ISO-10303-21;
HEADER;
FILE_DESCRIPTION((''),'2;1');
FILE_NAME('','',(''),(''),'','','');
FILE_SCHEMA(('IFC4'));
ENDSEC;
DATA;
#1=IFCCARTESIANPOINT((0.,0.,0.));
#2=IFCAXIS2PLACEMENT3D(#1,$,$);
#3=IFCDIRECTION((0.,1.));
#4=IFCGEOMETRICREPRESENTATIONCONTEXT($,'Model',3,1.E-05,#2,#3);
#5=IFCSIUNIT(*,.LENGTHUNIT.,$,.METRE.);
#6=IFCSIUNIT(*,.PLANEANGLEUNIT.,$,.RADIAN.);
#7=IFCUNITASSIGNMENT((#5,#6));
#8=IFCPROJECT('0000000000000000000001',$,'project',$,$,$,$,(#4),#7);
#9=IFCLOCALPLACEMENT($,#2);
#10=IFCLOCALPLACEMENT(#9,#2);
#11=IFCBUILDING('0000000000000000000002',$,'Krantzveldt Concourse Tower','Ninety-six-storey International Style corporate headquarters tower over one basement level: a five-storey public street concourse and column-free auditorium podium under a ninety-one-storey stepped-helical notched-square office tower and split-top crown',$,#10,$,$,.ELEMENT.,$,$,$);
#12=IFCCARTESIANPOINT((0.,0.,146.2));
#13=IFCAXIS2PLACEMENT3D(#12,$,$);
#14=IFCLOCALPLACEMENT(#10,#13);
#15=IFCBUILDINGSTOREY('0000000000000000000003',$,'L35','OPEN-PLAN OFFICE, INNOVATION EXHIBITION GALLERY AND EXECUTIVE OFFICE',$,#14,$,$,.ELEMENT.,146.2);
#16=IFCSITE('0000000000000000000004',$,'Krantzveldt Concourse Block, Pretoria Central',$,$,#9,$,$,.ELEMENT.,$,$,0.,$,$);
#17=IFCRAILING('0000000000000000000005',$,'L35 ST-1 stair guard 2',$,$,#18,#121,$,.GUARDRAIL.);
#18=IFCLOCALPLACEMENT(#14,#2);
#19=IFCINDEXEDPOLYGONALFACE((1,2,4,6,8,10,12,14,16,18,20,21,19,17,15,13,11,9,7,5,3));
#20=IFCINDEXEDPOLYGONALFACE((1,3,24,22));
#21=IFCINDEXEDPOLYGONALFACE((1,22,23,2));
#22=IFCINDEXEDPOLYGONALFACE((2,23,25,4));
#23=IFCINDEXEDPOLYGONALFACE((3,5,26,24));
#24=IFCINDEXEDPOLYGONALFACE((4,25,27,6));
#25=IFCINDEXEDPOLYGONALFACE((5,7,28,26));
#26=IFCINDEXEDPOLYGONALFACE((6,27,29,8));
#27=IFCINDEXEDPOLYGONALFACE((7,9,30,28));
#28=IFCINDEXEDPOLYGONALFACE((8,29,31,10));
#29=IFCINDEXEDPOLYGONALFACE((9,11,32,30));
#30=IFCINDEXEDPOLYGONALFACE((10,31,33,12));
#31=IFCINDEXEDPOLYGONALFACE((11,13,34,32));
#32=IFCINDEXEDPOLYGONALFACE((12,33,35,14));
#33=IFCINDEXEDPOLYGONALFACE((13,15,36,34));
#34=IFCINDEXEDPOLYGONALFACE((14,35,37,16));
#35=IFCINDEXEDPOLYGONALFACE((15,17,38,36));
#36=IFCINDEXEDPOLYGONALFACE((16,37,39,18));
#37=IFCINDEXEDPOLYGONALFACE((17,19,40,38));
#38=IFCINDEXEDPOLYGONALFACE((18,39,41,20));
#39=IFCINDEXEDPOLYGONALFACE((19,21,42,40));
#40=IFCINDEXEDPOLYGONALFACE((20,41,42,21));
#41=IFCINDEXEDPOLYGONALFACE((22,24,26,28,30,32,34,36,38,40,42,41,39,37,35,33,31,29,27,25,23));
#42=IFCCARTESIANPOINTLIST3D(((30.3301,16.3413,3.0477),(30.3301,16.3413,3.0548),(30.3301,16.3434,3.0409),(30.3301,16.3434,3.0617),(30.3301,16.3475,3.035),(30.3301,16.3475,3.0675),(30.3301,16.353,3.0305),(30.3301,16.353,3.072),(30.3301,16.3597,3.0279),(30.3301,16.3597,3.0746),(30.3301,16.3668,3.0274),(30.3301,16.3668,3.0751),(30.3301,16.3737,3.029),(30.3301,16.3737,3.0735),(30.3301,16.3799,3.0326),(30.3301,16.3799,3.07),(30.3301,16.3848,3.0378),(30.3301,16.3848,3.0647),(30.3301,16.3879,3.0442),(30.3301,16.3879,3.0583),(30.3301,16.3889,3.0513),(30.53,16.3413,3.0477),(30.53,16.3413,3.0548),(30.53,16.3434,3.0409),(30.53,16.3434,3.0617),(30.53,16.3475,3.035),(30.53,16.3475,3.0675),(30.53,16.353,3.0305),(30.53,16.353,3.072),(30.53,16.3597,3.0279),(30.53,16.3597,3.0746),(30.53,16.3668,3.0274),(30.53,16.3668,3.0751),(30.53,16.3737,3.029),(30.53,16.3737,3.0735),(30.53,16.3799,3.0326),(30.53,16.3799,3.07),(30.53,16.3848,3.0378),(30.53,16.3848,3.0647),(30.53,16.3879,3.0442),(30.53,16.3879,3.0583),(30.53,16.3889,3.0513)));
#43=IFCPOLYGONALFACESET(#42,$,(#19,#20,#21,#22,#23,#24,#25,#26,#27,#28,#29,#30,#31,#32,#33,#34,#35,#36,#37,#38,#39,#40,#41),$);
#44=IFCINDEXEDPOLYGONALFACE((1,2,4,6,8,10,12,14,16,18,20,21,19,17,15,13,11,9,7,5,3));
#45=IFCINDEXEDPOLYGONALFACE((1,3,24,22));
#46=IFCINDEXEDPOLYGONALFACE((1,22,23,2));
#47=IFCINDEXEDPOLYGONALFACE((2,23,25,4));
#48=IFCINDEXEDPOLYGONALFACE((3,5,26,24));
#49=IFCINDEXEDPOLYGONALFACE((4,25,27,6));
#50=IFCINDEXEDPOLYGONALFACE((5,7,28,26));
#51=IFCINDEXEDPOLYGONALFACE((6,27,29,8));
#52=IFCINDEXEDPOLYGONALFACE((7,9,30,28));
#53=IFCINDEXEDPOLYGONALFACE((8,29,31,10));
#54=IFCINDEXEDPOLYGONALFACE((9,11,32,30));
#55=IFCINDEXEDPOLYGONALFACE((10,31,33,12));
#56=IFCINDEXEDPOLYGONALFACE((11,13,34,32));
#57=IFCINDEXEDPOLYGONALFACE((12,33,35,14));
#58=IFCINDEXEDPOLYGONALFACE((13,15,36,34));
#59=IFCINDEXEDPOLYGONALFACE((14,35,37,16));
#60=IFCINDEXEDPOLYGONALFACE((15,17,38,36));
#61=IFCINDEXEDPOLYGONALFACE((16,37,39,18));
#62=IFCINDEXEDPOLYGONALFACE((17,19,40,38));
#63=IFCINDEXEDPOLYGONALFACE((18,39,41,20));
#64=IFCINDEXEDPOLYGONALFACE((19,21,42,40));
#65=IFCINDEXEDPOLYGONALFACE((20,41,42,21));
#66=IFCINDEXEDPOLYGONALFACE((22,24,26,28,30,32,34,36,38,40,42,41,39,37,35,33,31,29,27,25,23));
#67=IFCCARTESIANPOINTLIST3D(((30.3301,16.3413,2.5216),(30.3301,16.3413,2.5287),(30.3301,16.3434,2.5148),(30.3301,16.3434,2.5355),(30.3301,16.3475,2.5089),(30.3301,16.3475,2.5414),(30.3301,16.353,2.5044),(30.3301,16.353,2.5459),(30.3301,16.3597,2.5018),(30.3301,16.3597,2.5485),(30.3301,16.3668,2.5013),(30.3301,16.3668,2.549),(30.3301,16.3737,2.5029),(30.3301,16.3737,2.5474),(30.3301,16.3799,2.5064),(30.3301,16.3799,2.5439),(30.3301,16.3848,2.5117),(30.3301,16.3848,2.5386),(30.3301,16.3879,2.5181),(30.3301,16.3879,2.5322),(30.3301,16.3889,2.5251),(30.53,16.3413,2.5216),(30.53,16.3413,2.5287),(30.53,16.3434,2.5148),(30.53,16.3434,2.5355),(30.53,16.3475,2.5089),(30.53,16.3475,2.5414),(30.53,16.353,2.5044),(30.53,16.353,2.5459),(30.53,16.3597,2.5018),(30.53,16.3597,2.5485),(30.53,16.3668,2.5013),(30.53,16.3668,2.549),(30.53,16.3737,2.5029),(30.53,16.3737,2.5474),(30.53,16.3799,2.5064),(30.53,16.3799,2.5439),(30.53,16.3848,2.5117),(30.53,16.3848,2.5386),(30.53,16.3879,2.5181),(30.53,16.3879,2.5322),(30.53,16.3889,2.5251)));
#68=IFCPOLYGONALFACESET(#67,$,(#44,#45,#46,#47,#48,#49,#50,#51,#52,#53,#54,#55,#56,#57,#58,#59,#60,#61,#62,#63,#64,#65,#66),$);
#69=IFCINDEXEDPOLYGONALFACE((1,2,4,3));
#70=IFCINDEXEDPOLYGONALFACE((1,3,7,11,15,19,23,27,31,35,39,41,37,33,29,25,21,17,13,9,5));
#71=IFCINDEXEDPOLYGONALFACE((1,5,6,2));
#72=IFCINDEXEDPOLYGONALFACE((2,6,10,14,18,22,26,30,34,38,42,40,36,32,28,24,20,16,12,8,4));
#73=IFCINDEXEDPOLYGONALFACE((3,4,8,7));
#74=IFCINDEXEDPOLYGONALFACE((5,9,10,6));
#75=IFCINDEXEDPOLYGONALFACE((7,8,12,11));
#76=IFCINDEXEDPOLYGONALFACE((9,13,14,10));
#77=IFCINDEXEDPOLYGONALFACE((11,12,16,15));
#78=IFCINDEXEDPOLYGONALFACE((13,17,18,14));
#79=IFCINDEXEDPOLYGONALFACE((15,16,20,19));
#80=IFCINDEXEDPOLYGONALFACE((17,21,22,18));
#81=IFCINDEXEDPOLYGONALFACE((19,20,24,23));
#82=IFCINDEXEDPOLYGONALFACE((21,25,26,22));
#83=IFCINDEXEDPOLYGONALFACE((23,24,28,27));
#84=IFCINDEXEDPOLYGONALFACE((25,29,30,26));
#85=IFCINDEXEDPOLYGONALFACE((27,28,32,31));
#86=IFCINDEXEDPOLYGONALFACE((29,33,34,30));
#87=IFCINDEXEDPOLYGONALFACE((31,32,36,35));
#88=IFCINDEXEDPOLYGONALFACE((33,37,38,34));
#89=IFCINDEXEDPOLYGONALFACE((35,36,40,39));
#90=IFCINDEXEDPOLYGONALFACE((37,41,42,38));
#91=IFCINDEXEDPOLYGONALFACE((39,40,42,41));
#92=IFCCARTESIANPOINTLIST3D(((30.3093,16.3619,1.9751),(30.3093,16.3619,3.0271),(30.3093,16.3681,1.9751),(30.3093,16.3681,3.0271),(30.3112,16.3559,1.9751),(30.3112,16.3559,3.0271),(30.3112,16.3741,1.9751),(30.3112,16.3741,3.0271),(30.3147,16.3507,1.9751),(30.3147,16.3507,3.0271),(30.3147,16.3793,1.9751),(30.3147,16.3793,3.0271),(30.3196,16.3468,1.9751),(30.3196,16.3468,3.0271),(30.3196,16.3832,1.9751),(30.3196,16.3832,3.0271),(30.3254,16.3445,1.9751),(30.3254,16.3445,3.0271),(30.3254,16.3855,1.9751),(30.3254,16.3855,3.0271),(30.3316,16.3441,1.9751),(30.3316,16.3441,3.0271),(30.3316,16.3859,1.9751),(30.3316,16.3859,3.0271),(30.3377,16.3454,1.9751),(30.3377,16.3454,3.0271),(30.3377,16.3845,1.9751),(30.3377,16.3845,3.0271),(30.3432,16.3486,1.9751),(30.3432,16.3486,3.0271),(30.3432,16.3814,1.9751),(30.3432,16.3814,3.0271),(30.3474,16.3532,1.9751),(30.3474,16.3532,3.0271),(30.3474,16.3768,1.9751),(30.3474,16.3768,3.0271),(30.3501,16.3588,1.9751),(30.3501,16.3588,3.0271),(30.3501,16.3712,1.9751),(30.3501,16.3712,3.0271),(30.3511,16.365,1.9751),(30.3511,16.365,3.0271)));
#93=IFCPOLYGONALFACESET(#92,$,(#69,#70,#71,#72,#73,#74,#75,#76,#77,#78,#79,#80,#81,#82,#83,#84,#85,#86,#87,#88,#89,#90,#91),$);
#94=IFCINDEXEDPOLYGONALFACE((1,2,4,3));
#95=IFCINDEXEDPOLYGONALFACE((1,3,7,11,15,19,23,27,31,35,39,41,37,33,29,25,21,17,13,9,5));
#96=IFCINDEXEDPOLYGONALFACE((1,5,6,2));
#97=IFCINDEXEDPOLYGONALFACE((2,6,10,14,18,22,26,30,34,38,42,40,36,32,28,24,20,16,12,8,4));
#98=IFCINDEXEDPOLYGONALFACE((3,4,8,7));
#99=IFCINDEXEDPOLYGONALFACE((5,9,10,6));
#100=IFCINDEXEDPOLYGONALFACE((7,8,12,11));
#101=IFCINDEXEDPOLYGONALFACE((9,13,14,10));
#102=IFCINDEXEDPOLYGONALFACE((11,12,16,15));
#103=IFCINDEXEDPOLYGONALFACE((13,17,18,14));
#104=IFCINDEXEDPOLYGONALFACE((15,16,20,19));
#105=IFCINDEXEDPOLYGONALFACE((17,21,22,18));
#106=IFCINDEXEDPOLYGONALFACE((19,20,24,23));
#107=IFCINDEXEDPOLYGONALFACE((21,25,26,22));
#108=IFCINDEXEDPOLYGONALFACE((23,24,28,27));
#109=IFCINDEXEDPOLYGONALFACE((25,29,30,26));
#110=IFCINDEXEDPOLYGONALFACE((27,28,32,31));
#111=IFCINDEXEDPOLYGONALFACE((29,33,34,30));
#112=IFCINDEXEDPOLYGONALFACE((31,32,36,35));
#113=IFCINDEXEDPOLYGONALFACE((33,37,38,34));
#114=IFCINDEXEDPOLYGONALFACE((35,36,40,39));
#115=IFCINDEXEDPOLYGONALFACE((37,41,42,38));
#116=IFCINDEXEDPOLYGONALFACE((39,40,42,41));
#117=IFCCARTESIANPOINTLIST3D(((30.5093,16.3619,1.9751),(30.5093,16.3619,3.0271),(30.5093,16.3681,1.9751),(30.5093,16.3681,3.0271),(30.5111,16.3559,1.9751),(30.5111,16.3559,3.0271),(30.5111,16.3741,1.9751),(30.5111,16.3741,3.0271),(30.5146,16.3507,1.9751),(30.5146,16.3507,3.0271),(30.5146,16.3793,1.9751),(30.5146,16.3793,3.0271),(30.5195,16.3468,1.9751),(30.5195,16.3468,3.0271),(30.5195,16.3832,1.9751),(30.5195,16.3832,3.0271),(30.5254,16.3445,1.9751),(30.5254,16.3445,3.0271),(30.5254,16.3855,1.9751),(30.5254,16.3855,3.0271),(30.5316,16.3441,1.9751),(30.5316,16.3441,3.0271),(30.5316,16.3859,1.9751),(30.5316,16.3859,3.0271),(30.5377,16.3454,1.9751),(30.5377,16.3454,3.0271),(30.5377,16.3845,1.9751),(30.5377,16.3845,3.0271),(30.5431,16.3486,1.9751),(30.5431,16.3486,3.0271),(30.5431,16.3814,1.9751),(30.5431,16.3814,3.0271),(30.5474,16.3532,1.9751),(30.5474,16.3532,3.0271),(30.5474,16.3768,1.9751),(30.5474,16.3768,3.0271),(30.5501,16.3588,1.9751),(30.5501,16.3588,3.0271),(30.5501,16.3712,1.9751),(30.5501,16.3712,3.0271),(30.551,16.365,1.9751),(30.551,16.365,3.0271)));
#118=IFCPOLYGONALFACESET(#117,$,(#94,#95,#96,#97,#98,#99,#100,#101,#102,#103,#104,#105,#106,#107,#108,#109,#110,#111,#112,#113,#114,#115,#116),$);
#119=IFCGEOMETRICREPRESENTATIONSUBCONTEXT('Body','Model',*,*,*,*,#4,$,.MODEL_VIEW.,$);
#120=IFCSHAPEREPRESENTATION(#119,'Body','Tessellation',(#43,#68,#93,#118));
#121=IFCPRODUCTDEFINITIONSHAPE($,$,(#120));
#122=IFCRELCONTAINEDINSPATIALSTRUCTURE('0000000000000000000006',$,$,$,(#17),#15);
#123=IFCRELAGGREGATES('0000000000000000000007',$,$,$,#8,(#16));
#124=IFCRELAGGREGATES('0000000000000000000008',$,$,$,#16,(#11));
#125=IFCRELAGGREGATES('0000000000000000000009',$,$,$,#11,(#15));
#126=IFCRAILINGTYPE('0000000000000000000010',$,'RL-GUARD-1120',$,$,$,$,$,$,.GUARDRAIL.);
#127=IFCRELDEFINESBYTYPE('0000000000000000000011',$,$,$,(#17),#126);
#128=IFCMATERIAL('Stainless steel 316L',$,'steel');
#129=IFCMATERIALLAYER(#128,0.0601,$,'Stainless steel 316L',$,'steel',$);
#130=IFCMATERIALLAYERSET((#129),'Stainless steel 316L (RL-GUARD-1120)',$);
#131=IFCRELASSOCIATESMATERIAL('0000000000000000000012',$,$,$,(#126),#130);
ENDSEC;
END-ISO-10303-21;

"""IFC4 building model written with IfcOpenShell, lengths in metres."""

from ifc_helpers import new_model, si_unit, direction, frame, origin, origin_2d, place, context, subcontext, project, spatial, circle, extrude, material, layer, layer_set, type_object, element, save


model = new_model("IFC4")

# Units and contexts
model_context = context("Model", 3, precision=1e-05, world=origin(), true_north=direction((0.0, 1.0)))
body_context = subcontext(model_context, "Body", "Model", "MODEL_VIEW")
ifc_project = project(units=[si_unit("LENGTHUNIT", "METRE"), si_unit("PLANEANGLEUNIT", "RADIAN")], contexts=[model_context])

# Site, building, storey
site_placement = place(None, origin())
site = spatial("IfcSite", under=ifc_project, at=site_placement, Name="Krantzveldt Concourse Block, Pretoria Central", CompositionType="ELEMENT", RefElevation=0.0)
building_placement = place(site_placement, origin())
building = spatial("IfcBuilding", under=site, at=building_placement, Name="Krantzveldt Concourse Tower", Description="Ninety-six-storey International Style corporate headquarters tower over one basement level: a five-storey public street concourse and column-free auditorium podium under a ninety-one-storey stepped-helical notched-square office tower and split-top crown", CompositionType="ELEMENT")
storey_placement = place(building_placement, frame((0.0, 0.0, 146.2)))
storey = spatial("IfcBuildingStorey", under=building, at=storey_placement, Name="L35", Description="OPEN-PLAN OFFICE, INNOVATION EXHIBITION GALLERY AND EXECUTIVE OFFICE", CompositionType="ELEMENT", Elevation=146.2)

# Shared definitions
ifc_material_1 = material(Name="Stainless steel 316L", Category="steel")

# Railing
ifc_layer_1 = layer(ifc_material_1, 0.0601, Name="Stainless steel 316L", Category="steel")
ifc_layer_set_1 = layer_set([ifc_layer_1], Name="Stainless steel 316L (RL-GUARD-1120)")
railing_type_1 = type_object("IfcRailingType", Name="RL-GUARD-1120", PredefinedType="GUARDRAIL", material=ifc_layer_set_1)
railing_1_placement = place(storey_placement, frame((30.3301, 16.365, 1.9751)))
element("IfcRailing", 1, at=railing_1_placement, inside=storey, type_object=railing_type_1, Name="L35 ST-1 stair guard 2", PredefinedType="GUARDRAIL", context=body_context, shape_type="SweptSolid", body=[
    extrude(circle(Radius=0.0239, at=origin_2d()), frame((0.0, 0.0, 1.0762), z_axis=(1.0, 0.0, 0.0), x_axis=(0.0, 1.0, 0.0)), (0.0, 0.0, 1.0), 0.2),
    extrude(circle(Radius=0.0239, at=origin_2d()), frame((0.0, 0.0, 0.55), z_axis=(1.0, 0.0, 0.0), x_axis=(0.0, 1.0, 0.0)), (0.0, 0.0, 1.0), 0.2),
    extrude(circle(Radius=0.021, at=origin_2d()), origin(), (0.0, 0.0, 1.0), 1.052),
    extrude(circle(Radius=0.021, at=origin_2d()), frame((0.2, 0.0, 0.0)), (0.0, 0.0, 1.0), 1.052),
])

save(model, "model.ifc")
